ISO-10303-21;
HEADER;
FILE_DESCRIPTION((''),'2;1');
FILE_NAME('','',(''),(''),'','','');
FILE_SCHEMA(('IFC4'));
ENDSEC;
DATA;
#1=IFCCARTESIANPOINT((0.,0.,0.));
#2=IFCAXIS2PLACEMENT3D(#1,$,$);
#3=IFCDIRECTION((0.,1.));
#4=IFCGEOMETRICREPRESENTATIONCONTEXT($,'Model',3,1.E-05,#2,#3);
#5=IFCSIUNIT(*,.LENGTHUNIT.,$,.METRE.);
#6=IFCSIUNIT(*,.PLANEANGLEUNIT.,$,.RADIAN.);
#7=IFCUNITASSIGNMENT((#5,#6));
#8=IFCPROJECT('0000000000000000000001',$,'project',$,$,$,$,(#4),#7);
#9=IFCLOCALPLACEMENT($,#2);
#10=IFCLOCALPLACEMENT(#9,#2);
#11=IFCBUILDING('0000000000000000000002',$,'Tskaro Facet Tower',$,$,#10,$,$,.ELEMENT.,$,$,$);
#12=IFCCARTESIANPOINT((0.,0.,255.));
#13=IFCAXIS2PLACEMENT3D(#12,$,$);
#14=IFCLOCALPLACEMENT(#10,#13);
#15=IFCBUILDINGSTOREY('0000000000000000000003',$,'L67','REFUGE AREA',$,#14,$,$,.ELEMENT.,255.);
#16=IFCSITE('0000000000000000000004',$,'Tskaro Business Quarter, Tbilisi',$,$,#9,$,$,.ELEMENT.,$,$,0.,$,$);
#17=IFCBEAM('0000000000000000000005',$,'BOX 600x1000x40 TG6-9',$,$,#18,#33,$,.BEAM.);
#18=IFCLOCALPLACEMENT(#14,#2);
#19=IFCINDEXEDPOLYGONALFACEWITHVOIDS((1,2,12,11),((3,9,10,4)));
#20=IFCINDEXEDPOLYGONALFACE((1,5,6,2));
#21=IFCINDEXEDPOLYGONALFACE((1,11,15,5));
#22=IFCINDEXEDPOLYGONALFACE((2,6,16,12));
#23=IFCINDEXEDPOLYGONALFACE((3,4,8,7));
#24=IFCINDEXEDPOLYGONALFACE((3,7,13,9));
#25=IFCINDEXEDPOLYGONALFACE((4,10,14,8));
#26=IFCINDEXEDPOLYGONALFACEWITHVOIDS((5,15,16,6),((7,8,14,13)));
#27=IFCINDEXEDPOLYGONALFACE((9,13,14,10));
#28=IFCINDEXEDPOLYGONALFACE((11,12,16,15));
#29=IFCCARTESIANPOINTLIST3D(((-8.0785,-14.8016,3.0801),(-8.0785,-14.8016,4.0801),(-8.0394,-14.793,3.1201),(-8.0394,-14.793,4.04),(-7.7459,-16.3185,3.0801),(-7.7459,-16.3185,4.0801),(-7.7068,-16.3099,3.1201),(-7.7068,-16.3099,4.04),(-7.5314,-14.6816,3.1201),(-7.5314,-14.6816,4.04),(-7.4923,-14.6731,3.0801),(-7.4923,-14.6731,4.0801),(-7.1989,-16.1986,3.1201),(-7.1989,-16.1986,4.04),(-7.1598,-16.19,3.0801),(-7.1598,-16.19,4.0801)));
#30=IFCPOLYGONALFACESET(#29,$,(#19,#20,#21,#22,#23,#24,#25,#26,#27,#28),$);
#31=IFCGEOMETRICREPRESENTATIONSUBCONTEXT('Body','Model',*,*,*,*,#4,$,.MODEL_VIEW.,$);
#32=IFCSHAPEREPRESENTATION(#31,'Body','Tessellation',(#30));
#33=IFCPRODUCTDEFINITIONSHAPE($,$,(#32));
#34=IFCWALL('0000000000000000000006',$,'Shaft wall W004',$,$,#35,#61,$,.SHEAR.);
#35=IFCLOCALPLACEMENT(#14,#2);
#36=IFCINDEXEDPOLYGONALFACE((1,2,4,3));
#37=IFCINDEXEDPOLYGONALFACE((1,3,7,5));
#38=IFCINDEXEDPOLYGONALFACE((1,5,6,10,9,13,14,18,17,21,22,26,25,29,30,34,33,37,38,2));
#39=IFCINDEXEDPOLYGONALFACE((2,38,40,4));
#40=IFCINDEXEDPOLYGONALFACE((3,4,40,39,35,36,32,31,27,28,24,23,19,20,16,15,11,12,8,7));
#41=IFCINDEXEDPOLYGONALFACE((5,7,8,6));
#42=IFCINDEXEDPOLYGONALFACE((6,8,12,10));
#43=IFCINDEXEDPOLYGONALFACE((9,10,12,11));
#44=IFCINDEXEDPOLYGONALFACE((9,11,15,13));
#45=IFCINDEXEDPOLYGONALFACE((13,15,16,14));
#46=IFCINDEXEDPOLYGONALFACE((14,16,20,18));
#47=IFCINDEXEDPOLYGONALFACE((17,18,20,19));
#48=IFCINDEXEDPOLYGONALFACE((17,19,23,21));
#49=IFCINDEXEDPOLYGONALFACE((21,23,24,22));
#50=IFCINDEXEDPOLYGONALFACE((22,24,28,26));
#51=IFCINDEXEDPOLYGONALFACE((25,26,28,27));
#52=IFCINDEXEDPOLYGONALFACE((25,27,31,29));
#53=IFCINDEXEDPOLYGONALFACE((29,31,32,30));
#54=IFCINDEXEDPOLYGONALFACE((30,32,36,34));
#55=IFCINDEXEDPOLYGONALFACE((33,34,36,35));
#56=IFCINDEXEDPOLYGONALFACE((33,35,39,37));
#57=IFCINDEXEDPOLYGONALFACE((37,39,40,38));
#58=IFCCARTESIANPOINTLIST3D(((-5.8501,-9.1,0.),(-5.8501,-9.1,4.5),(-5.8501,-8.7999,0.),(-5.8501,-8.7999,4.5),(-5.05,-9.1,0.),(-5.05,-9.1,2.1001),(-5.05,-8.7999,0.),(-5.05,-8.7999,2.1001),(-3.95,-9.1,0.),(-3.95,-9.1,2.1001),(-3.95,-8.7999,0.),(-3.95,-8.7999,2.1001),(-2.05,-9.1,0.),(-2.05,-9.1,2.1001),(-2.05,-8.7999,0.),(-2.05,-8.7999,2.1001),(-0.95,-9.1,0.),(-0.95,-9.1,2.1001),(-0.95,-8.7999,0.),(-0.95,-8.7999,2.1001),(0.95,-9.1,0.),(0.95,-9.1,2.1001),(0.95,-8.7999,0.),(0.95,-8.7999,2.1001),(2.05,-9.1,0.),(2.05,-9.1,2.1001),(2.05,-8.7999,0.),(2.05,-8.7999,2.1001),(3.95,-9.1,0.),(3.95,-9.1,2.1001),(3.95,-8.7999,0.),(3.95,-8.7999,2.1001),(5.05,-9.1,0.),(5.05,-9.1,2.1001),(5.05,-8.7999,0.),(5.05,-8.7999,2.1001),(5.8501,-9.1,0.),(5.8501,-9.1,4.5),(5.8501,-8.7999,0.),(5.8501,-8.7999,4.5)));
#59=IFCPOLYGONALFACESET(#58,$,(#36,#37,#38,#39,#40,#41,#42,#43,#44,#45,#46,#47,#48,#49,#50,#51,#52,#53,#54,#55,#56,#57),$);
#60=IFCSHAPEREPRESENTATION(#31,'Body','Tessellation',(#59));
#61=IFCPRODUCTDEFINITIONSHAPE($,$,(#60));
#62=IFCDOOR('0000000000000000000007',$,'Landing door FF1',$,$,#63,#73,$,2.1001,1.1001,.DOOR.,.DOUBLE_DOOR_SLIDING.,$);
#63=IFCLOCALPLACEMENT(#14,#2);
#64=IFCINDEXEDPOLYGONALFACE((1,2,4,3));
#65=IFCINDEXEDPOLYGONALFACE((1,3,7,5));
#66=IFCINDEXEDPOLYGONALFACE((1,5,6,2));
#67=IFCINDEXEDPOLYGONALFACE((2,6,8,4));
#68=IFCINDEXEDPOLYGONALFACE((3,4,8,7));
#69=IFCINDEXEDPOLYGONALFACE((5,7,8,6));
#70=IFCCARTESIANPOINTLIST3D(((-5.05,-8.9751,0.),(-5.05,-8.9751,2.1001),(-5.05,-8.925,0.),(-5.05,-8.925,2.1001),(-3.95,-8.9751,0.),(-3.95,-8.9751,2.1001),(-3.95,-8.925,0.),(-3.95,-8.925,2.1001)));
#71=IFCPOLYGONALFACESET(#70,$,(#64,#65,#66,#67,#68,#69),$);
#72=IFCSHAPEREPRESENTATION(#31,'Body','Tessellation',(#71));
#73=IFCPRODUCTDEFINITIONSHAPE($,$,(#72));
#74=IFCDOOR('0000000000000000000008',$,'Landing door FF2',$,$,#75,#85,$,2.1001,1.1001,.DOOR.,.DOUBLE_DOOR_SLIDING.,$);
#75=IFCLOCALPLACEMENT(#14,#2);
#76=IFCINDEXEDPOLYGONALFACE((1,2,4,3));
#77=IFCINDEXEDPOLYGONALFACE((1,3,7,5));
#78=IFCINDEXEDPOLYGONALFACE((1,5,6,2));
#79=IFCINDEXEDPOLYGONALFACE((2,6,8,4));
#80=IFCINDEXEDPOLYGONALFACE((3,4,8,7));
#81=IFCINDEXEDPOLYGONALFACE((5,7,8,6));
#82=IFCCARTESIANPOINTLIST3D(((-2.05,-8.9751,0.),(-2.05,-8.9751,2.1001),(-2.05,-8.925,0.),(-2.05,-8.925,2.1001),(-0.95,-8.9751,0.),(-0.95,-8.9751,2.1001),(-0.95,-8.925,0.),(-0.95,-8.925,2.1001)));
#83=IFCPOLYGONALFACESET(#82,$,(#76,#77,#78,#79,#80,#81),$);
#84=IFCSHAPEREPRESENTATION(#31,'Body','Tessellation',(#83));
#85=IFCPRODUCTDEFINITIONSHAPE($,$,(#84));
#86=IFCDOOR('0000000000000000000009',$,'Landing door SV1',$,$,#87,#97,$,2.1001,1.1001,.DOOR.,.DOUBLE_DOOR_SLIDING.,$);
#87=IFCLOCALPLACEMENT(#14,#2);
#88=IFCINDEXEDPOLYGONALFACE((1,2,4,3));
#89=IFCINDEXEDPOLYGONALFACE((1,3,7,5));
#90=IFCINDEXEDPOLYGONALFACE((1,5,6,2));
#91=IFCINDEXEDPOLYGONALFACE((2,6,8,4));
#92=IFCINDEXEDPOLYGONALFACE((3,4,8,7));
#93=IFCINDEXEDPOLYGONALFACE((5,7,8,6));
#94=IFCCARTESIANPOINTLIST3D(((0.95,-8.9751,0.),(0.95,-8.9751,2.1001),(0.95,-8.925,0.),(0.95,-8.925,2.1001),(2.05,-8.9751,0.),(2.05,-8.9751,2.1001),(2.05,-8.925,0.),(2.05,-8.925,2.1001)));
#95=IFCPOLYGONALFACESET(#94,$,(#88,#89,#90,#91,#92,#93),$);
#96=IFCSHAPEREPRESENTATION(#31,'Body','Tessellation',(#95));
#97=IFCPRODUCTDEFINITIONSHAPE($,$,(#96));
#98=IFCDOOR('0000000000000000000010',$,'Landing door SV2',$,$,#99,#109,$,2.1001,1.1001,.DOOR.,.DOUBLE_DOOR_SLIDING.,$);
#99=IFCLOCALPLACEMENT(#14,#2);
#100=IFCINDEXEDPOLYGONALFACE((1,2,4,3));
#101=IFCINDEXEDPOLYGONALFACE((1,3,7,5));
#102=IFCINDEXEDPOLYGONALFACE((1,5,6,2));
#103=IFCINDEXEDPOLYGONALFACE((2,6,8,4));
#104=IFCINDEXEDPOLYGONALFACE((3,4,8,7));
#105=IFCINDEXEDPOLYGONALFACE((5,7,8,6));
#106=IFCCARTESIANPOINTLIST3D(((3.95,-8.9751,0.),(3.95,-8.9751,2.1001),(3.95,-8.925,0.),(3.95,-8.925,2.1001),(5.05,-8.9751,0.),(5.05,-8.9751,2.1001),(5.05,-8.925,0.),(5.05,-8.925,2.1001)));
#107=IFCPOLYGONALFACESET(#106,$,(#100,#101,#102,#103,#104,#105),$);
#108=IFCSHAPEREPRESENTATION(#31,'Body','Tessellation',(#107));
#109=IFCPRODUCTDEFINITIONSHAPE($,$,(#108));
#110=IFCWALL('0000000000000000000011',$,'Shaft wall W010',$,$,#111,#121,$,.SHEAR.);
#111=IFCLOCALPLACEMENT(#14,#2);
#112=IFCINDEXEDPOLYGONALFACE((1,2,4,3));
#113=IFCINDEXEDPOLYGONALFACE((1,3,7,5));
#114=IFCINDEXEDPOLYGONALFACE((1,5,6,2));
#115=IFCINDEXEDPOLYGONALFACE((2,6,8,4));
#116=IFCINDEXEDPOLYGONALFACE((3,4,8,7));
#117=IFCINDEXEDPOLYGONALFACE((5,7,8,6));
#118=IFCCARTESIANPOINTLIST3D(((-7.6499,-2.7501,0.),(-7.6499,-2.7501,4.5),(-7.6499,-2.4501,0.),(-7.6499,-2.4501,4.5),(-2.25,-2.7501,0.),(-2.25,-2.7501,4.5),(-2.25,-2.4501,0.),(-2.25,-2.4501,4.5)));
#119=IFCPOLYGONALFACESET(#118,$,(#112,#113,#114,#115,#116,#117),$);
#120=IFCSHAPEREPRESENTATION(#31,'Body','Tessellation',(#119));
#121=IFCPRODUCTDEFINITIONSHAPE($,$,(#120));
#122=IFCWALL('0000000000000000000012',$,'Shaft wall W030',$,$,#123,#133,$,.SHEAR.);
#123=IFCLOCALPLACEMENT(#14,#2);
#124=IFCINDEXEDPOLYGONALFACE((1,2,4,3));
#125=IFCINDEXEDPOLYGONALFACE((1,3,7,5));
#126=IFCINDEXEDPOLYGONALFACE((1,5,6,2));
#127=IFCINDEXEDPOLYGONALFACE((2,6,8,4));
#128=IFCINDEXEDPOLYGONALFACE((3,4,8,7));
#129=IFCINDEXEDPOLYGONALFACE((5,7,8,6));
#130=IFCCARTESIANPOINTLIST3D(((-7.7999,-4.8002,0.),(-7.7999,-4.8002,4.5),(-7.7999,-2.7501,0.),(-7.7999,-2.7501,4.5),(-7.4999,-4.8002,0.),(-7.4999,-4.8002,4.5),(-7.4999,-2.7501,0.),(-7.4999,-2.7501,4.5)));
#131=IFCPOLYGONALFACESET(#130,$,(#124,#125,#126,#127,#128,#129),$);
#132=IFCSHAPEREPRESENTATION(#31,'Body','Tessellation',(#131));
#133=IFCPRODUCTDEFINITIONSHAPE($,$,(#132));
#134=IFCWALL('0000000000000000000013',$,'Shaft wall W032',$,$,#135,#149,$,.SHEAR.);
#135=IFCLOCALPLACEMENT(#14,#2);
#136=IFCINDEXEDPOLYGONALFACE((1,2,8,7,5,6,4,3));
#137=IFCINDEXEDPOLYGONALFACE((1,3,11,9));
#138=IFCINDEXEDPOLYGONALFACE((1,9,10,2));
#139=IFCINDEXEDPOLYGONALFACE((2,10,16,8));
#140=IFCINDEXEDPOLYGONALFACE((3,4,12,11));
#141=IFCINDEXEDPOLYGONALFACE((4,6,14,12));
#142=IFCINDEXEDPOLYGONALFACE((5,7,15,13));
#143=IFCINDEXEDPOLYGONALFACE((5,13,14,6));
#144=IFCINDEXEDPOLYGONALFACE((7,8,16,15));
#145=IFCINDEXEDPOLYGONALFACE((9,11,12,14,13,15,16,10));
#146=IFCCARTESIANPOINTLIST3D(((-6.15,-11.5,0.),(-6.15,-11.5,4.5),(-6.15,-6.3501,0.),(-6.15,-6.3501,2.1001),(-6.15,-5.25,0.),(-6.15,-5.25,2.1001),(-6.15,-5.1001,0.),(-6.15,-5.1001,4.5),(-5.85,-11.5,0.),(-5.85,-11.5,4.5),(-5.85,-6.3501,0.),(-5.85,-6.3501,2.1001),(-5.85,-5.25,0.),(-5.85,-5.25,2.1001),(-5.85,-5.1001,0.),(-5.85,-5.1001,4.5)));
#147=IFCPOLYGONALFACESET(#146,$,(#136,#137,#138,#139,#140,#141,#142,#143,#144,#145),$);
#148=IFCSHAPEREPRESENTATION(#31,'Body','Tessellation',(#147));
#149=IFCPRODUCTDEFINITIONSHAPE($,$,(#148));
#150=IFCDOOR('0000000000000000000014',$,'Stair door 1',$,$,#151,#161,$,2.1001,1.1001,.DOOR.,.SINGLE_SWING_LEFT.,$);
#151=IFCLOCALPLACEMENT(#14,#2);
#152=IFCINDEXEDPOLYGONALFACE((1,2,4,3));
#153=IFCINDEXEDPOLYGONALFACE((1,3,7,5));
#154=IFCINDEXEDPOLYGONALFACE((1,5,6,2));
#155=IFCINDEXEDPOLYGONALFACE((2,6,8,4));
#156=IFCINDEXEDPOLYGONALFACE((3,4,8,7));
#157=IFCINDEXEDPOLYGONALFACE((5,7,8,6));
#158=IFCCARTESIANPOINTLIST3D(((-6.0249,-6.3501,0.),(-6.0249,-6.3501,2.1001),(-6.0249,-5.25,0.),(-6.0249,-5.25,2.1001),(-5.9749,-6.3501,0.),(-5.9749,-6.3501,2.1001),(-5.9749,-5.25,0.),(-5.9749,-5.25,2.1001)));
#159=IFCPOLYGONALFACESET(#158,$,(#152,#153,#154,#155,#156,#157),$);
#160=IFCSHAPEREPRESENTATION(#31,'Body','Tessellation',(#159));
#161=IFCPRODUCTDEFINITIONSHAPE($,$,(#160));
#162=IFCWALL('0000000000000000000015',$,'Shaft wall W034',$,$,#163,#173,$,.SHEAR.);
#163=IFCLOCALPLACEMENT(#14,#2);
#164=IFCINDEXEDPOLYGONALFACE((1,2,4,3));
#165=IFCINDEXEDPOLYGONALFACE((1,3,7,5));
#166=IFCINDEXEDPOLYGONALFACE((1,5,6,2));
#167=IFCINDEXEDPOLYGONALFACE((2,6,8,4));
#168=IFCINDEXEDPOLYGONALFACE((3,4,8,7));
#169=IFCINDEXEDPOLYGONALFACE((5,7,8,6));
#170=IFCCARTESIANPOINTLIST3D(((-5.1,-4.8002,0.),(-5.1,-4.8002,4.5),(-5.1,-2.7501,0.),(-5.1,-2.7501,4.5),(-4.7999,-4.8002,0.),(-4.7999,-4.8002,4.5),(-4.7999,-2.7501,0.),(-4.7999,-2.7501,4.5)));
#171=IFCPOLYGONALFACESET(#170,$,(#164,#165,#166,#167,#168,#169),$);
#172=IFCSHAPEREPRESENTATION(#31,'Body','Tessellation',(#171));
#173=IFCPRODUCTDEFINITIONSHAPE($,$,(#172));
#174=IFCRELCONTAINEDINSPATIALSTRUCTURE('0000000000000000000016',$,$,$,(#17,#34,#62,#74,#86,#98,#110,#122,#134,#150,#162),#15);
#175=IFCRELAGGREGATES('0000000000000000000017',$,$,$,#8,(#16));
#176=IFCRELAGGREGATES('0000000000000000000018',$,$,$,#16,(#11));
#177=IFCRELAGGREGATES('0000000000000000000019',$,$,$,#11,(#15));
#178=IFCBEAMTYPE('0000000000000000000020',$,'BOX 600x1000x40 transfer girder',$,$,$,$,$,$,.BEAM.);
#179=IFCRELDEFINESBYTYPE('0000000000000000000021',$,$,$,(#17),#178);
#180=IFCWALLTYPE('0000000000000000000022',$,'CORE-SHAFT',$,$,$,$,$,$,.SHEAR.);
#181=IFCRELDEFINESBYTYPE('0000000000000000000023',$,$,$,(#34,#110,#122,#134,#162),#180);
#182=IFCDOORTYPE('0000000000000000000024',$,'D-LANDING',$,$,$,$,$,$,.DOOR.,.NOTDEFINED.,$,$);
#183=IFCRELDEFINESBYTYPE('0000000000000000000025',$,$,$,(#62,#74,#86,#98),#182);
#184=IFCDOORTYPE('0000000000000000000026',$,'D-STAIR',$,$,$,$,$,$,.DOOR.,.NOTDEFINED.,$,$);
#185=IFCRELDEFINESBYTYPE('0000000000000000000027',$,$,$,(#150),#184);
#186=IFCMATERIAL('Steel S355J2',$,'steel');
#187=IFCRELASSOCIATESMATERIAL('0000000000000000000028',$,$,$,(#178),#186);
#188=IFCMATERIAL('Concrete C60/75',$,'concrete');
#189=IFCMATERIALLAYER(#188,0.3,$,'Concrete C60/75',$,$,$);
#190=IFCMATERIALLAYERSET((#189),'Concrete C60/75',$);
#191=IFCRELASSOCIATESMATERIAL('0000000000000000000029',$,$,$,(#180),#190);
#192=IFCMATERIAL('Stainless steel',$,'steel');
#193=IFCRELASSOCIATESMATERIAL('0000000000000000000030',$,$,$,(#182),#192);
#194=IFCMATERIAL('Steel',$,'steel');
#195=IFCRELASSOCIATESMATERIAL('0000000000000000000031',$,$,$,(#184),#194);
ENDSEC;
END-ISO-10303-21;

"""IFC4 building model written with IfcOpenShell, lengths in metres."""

from ifc_helpers import new_model, si_unit, direction, frame, frame_2d, origin, origin_2d, place, context, subcontext, project, spatial, rectangle, hollow_rectangle, extrude, material, layer, layer_set, material_profile, profile_set, type_object, element, fill, save


model = new_model("IFC4")

# Units and contexts
model_context = context("Model", 3, precision=1e-05, world=origin(), true_north=direction((0.0, 1.0)))
body_context = subcontext(model_context, "Body", "Model", "MODEL_VIEW")
ifc_project = project(units=[si_unit("LENGTHUNIT", "METRE"), si_unit("PLANEANGLEUNIT", "RADIAN")], contexts=[model_context])

# Site, building, storey
site_placement = place(None, origin())
site = spatial("IfcSite", under=ifc_project, at=site_placement, Name="Tskaro Business Quarter, Tbilisi", CompositionType="ELEMENT", RefElevation=0.0)
building_placement = place(site_placement, origin())
building = spatial("IfcBuilding", under=site, at=building_placement, Name="Tskaro Facet Tower", CompositionType="ELEMENT")
storey_placement = place(building_placement, frame((0.0, 0.0, 255.0)))
storey = spatial("IfcBuildingStorey", under=building, at=storey_placement, Name="L67", Description="REFUGE AREA", CompositionType="ELEMENT", Elevation=255.0)

# Beam
ifc_material_1 = material(Name="Steel S355J2", Category="steel")
ifc_material_profile = material_profile(ifc_material_1, hollow_rectangle(XDim=0.6001, YDim=1.0, WallThickness=0.04, at=origin_2d()), Name="BOX 600x1000x40")
ifc_profile_set = profile_set([ifc_material_profile], Name="Steel S355J2")
beam_type = type_object("IfcBeamType", Name="BOX 600x1000x40 transfer girder", PredefinedType="BEAM", material=ifc_profile_set)
beam_placement = place(storey_placement, frame((-7.7854, -14.7373, 3.5801), z_axis=(0.214133, -0.976805, 0.0), x_axis=(0.976805, 0.214133, 0.0)))
element("IfcBeam", 1, at=beam_placement, inside=storey, type_object=beam_type, Name="BOX 600x1000x40 TG6-9", PredefinedType="BEAM", context=body_context, shape_type="SweptSolid", body=[
    extrude(hollow_rectangle(XDim=0.6001, YDim=1.0, WallThickness=0.04, at=origin_2d()), origin(), (0.0, 0.0, 1.0), 1.553),
])

# Wall, openings, doors
ifc_material_2 = material(Name="Concrete C60/75", Category="concrete")
ifc_layer_1 = layer(ifc_material_2, 0.3, Name="Concrete C60/75")
ifc_layer_set_1 = layer_set([ifc_layer_1], Name="Concrete C60/75")
wall_type_1 = type_object("IfcWallType", Name="CORE-SHAFT", PredefinedType="SHEAR", material=ifc_layer_set_1)
wall_1_placement = place(storey_placement, frame((-5.8501, -8.95, 0.0), z_axis=(0.0, 0.0, 1.0), x_axis=(1.0, 0.0, 0.0)))
wall_1 = element("IfcWall", 2, at=wall_1_placement, inside=storey, type_object=wall_type_1, Name="Shaft wall W004", PredefinedType="SHEAR", context=body_context, shape_type="SweptSolid", body=[
    extrude(rectangle(XDim=11.7002, YDim=0.3, at=frame_2d((5.8501, 0.0))), origin(), (0.0, 0.0, 1.0), 4.5),
])
opening_1_placement = place(wall_1_placement, frame((0.8, 0.0, 0.0)))
opening_1 = element("IfcOpeningElement", 3, at=opening_1_placement, cuts=wall_1, PredefinedType="OPENING", context=body_context, shape_type="SweptSolid", body=[
    extrude(rectangle(XDim=1.1001, YDim=2.1001, at=frame_2d((0.55, 1.05))), frame((0.0, 0.1599, 0.0), z_axis=(0.0, -1.0, 0.0), x_axis=(1.0, 0.0, 0.0)), (0.0, 0.0, 1.0), 0.3201),
])
opening_2_placement = place(wall_1_placement, frame((3.8, 0.0, 0.0)))
opening_2 = element("IfcOpeningElement", 4, at=opening_2_placement, cuts=wall_1, PredefinedType="OPENING", context=body_context, shape_type="SweptSolid", body=[
    extrude(rectangle(XDim=1.1001, YDim=2.1001, at=frame_2d((0.55, 1.05))), frame((0.0, 0.1599, 0.0), z_axis=(0.0, -1.0, 0.0), x_axis=(1.0, 0.0, 0.0)), (0.0, 0.0, 1.0), 0.3201),
])
opening_3_placement = place(wall_1_placement, frame((6.8, 0.0, 0.0)))
opening_3 = element("IfcOpeningElement", 5, at=opening_3_placement, cuts=wall_1, PredefinedType="OPENING", context=body_context, shape_type="SweptSolid", body=[
    extrude(rectangle(XDim=1.1001, YDim=2.1001, at=frame_2d((0.55, 1.05))), frame((0.0, 0.1599, 0.0), z_axis=(0.0, -1.0, 0.0), x_axis=(1.0, 0.0, 0.0)), (0.0, 0.0, 1.0), 0.3201),
])
opening_4_placement = place(wall_1_placement, frame((9.8, 0.0, 0.0)))
opening_4 = element("IfcOpeningElement", 6, at=opening_4_placement, cuts=wall_1, PredefinedType="OPENING", context=body_context, shape_type="SweptSolid", body=[
    extrude(rectangle(XDim=1.1001, YDim=2.1001, at=frame_2d((0.55, 1.05))), frame((0.0, 0.1599, 0.0), z_axis=(0.0, -1.0, 0.0), x_axis=(1.0, 0.0, 0.0)), (0.0, 0.0, 1.0), 0.3201),
])
ifc_material_3 = material(Name="Stainless steel", Category="steel")
door_type_1 = type_object("IfcDoorType", Name="D-LANDING", OperationType="NOTDEFINED", PredefinedType="DOOR", material=ifc_material_3)
door_1_placement = place(opening_1_placement, origin())
door_1 = element("IfcDoor", 7, at=door_1_placement, inside=storey, type_object=door_type_1, Name="Landing door FF1", OperationType="DOUBLE_DOOR_SLIDING", OverallHeight=2.1001, OverallWidth=1.1001, PredefinedType="DOOR", context=body_context, shape_type="SweptSolid", body=[
    extrude(rectangle(XDim=1.1001, YDim=2.1001, at=frame_2d((0.55, 1.05))), frame((0.0, 0.0249, 0.0), z_axis=(0.0, -1.0, 0.0), x_axis=(1.0, 0.0, 0.0)), (0.0, 0.0, 1.0), 0.05),
])
fill(opening_1, door_1)
door_2_placement = place(opening_2_placement, origin())
door_2 = element("IfcDoor", 8, at=door_2_placement, inside=storey, type_object=door_type_1, Name="Landing door FF2", OperationType="DOUBLE_DOOR_SLIDING", OverallHeight=2.1001, OverallWidth=1.1001, PredefinedType="DOOR", context=body_context, shape_type="SweptSolid", body=[
    extrude(rectangle(XDim=1.1001, YDim=2.1001, at=frame_2d((0.55, 1.05))), frame((0.0, 0.0249, 0.0), z_axis=(0.0, -1.0, 0.0), x_axis=(1.0, 0.0, 0.0)), (0.0, 0.0, 1.0), 0.05),
])
fill(opening_2, door_2)
door_3_placement = place(opening_3_placement, origin())
door_3 = element("IfcDoor", 9, at=door_3_placement, inside=storey, type_object=door_type_1, Name="Landing door SV1", OperationType="DOUBLE_DOOR_SLIDING", OverallHeight=2.1001, OverallWidth=1.1001, PredefinedType="DOOR", context=body_context, shape_type="SweptSolid", body=[
    extrude(rectangle(XDim=1.1001, YDim=2.1001, at=frame_2d((0.55, 1.05))), frame((0.0, 0.0249, 0.0), z_axis=(0.0, -1.0, 0.0), x_axis=(1.0, 0.0, 0.0)), (0.0, 0.0, 1.0), 0.05),
])
fill(opening_3, door_3)
door_4_placement = place(opening_4_placement, origin())
door_4 = element("IfcDoor", 10, at=door_4_placement, inside=storey, type_object=door_type_1, Name="Landing door SV2", OperationType="DOUBLE_DOOR_SLIDING", OverallHeight=2.1001, OverallWidth=1.1001, PredefinedType="DOOR", context=body_context, shape_type="SweptSolid", body=[
    extrude(rectangle(XDim=1.1001, YDim=2.1001, at=frame_2d((0.55, 1.05))), frame((0.0, 0.0249, 0.0), z_axis=(0.0, -1.0, 0.0), x_axis=(1.0, 0.0, 0.0)), (0.0, 0.0, 1.0), 0.05),
])
fill(opening_4, door_4)

# Walls
wall_2_placement = place(storey_placement, frame((-7.6499, -2.6001, 0.0), z_axis=(0.0, 0.0, 1.0), x_axis=(1.0, 0.0, 0.0)))
element("IfcWall", 11, at=wall_2_placement, inside=storey, type_object=wall_type_1, Name="Shaft wall W010", PredefinedType="SHEAR", context=body_context, shape_type="SweptSolid", body=[
    extrude(rectangle(XDim=5.3999, YDim=0.3, at=frame_2d((2.7, 0.0))), origin(), (0.0, 0.0, 1.0), 4.5),
])
wall_3_placement = place(storey_placement, frame((-7.6499, -4.8, 0.0), z_axis=(0.0, 0.0, 1.0), x_axis=(0.0, 1.0, 0.0)))
element("IfcWall", 12, at=wall_3_placement, inside=storey, type_object=wall_type_1, Name="Shaft wall W030", PredefinedType="SHEAR", context=body_context, shape_type="SweptSolid", body=[
    extrude(rectangle(XDim=2.05, YDim=0.3, at=frame_2d((1.0249, 0.0))), origin(), (0.0, 0.0, 1.0), 4.5),
])

# Wall, opening, door
wall_4_placement = place(storey_placement, frame((-6.0, -11.5, 0.0), z_axis=(0.0, 0.0, 1.0), x_axis=(0.0, 1.0, 0.0)))
wall_4 = element("IfcWall", 13, at=wall_4_placement, inside=storey, type_object=wall_type_1, Name="Shaft wall W032", PredefinedType="SHEAR", context=body_context, shape_type="SweptSolid", body=[
    extrude(rectangle(XDim=6.3999, YDim=0.3, at=frame_2d((3.2, 0.0))), origin(), (0.0, 0.0, 1.0), 4.5),
])
opening_5_placement = place(wall_4_placement, frame((5.1499, 0.0, 0.0)))
opening_5 = element("IfcOpeningElement", 14, at=opening_5_placement, cuts=wall_4, PredefinedType="OPENING", context=body_context, shape_type="SweptSolid", body=[
    extrude(rectangle(XDim=1.1001, YDim=2.1001, at=frame_2d((0.55, 1.05))), frame((0.0, 0.1599, 0.0), z_axis=(0.0, -1.0, 0.0), x_axis=(1.0, 0.0, 0.0)), (0.0, 0.0, 1.0), 0.3201),
])
ifc_material_4 = material(Name="Steel", Category="steel")
door_type_2 = type_object("IfcDoorType", Name="D-STAIR", OperationType="NOTDEFINED", PredefinedType="DOOR", material=ifc_material_4)
door_5_placement = place(opening_5_placement, origin())
door_5 = element("IfcDoor", 15, at=door_5_placement, inside=storey, type_object=door_type_2, Name="Stair door 1", OperationType="SINGLE_SWING_LEFT", OverallHeight=2.1001, OverallWidth=1.1001, PredefinedType="DOOR", context=body_context, shape_type="SweptSolid", body=[
    extrude(rectangle(XDim=1.1001, YDim=2.1001, at=frame_2d((0.55, 1.05))), frame((0.0, 0.0249, 0.0), z_axis=(0.0, -1.0, 0.0), x_axis=(1.0, 0.0, 0.0)), (0.0, 0.0, 1.0), 0.05),
])
fill(opening_5, door_5)

# Wall
wall_5_placement = place(storey_placement, frame((-4.95, -4.8, 0.0), z_axis=(0.0, 0.0, 1.0), x_axis=(0.0, 1.0, 0.0)))
element("IfcWall", 16, at=wall_5_placement, inside=storey, type_object=wall_type_1, Name="Shaft wall W034", PredefinedType="SHEAR", context=body_context, shape_type="SweptSolid", body=[
    extrude(rectangle(XDim=2.05, YDim=0.3, at=frame_2d((1.0249, 0.0))), origin(), (0.0, 0.0, 1.0), 4.5),
])

save(model, "model.ifc")
